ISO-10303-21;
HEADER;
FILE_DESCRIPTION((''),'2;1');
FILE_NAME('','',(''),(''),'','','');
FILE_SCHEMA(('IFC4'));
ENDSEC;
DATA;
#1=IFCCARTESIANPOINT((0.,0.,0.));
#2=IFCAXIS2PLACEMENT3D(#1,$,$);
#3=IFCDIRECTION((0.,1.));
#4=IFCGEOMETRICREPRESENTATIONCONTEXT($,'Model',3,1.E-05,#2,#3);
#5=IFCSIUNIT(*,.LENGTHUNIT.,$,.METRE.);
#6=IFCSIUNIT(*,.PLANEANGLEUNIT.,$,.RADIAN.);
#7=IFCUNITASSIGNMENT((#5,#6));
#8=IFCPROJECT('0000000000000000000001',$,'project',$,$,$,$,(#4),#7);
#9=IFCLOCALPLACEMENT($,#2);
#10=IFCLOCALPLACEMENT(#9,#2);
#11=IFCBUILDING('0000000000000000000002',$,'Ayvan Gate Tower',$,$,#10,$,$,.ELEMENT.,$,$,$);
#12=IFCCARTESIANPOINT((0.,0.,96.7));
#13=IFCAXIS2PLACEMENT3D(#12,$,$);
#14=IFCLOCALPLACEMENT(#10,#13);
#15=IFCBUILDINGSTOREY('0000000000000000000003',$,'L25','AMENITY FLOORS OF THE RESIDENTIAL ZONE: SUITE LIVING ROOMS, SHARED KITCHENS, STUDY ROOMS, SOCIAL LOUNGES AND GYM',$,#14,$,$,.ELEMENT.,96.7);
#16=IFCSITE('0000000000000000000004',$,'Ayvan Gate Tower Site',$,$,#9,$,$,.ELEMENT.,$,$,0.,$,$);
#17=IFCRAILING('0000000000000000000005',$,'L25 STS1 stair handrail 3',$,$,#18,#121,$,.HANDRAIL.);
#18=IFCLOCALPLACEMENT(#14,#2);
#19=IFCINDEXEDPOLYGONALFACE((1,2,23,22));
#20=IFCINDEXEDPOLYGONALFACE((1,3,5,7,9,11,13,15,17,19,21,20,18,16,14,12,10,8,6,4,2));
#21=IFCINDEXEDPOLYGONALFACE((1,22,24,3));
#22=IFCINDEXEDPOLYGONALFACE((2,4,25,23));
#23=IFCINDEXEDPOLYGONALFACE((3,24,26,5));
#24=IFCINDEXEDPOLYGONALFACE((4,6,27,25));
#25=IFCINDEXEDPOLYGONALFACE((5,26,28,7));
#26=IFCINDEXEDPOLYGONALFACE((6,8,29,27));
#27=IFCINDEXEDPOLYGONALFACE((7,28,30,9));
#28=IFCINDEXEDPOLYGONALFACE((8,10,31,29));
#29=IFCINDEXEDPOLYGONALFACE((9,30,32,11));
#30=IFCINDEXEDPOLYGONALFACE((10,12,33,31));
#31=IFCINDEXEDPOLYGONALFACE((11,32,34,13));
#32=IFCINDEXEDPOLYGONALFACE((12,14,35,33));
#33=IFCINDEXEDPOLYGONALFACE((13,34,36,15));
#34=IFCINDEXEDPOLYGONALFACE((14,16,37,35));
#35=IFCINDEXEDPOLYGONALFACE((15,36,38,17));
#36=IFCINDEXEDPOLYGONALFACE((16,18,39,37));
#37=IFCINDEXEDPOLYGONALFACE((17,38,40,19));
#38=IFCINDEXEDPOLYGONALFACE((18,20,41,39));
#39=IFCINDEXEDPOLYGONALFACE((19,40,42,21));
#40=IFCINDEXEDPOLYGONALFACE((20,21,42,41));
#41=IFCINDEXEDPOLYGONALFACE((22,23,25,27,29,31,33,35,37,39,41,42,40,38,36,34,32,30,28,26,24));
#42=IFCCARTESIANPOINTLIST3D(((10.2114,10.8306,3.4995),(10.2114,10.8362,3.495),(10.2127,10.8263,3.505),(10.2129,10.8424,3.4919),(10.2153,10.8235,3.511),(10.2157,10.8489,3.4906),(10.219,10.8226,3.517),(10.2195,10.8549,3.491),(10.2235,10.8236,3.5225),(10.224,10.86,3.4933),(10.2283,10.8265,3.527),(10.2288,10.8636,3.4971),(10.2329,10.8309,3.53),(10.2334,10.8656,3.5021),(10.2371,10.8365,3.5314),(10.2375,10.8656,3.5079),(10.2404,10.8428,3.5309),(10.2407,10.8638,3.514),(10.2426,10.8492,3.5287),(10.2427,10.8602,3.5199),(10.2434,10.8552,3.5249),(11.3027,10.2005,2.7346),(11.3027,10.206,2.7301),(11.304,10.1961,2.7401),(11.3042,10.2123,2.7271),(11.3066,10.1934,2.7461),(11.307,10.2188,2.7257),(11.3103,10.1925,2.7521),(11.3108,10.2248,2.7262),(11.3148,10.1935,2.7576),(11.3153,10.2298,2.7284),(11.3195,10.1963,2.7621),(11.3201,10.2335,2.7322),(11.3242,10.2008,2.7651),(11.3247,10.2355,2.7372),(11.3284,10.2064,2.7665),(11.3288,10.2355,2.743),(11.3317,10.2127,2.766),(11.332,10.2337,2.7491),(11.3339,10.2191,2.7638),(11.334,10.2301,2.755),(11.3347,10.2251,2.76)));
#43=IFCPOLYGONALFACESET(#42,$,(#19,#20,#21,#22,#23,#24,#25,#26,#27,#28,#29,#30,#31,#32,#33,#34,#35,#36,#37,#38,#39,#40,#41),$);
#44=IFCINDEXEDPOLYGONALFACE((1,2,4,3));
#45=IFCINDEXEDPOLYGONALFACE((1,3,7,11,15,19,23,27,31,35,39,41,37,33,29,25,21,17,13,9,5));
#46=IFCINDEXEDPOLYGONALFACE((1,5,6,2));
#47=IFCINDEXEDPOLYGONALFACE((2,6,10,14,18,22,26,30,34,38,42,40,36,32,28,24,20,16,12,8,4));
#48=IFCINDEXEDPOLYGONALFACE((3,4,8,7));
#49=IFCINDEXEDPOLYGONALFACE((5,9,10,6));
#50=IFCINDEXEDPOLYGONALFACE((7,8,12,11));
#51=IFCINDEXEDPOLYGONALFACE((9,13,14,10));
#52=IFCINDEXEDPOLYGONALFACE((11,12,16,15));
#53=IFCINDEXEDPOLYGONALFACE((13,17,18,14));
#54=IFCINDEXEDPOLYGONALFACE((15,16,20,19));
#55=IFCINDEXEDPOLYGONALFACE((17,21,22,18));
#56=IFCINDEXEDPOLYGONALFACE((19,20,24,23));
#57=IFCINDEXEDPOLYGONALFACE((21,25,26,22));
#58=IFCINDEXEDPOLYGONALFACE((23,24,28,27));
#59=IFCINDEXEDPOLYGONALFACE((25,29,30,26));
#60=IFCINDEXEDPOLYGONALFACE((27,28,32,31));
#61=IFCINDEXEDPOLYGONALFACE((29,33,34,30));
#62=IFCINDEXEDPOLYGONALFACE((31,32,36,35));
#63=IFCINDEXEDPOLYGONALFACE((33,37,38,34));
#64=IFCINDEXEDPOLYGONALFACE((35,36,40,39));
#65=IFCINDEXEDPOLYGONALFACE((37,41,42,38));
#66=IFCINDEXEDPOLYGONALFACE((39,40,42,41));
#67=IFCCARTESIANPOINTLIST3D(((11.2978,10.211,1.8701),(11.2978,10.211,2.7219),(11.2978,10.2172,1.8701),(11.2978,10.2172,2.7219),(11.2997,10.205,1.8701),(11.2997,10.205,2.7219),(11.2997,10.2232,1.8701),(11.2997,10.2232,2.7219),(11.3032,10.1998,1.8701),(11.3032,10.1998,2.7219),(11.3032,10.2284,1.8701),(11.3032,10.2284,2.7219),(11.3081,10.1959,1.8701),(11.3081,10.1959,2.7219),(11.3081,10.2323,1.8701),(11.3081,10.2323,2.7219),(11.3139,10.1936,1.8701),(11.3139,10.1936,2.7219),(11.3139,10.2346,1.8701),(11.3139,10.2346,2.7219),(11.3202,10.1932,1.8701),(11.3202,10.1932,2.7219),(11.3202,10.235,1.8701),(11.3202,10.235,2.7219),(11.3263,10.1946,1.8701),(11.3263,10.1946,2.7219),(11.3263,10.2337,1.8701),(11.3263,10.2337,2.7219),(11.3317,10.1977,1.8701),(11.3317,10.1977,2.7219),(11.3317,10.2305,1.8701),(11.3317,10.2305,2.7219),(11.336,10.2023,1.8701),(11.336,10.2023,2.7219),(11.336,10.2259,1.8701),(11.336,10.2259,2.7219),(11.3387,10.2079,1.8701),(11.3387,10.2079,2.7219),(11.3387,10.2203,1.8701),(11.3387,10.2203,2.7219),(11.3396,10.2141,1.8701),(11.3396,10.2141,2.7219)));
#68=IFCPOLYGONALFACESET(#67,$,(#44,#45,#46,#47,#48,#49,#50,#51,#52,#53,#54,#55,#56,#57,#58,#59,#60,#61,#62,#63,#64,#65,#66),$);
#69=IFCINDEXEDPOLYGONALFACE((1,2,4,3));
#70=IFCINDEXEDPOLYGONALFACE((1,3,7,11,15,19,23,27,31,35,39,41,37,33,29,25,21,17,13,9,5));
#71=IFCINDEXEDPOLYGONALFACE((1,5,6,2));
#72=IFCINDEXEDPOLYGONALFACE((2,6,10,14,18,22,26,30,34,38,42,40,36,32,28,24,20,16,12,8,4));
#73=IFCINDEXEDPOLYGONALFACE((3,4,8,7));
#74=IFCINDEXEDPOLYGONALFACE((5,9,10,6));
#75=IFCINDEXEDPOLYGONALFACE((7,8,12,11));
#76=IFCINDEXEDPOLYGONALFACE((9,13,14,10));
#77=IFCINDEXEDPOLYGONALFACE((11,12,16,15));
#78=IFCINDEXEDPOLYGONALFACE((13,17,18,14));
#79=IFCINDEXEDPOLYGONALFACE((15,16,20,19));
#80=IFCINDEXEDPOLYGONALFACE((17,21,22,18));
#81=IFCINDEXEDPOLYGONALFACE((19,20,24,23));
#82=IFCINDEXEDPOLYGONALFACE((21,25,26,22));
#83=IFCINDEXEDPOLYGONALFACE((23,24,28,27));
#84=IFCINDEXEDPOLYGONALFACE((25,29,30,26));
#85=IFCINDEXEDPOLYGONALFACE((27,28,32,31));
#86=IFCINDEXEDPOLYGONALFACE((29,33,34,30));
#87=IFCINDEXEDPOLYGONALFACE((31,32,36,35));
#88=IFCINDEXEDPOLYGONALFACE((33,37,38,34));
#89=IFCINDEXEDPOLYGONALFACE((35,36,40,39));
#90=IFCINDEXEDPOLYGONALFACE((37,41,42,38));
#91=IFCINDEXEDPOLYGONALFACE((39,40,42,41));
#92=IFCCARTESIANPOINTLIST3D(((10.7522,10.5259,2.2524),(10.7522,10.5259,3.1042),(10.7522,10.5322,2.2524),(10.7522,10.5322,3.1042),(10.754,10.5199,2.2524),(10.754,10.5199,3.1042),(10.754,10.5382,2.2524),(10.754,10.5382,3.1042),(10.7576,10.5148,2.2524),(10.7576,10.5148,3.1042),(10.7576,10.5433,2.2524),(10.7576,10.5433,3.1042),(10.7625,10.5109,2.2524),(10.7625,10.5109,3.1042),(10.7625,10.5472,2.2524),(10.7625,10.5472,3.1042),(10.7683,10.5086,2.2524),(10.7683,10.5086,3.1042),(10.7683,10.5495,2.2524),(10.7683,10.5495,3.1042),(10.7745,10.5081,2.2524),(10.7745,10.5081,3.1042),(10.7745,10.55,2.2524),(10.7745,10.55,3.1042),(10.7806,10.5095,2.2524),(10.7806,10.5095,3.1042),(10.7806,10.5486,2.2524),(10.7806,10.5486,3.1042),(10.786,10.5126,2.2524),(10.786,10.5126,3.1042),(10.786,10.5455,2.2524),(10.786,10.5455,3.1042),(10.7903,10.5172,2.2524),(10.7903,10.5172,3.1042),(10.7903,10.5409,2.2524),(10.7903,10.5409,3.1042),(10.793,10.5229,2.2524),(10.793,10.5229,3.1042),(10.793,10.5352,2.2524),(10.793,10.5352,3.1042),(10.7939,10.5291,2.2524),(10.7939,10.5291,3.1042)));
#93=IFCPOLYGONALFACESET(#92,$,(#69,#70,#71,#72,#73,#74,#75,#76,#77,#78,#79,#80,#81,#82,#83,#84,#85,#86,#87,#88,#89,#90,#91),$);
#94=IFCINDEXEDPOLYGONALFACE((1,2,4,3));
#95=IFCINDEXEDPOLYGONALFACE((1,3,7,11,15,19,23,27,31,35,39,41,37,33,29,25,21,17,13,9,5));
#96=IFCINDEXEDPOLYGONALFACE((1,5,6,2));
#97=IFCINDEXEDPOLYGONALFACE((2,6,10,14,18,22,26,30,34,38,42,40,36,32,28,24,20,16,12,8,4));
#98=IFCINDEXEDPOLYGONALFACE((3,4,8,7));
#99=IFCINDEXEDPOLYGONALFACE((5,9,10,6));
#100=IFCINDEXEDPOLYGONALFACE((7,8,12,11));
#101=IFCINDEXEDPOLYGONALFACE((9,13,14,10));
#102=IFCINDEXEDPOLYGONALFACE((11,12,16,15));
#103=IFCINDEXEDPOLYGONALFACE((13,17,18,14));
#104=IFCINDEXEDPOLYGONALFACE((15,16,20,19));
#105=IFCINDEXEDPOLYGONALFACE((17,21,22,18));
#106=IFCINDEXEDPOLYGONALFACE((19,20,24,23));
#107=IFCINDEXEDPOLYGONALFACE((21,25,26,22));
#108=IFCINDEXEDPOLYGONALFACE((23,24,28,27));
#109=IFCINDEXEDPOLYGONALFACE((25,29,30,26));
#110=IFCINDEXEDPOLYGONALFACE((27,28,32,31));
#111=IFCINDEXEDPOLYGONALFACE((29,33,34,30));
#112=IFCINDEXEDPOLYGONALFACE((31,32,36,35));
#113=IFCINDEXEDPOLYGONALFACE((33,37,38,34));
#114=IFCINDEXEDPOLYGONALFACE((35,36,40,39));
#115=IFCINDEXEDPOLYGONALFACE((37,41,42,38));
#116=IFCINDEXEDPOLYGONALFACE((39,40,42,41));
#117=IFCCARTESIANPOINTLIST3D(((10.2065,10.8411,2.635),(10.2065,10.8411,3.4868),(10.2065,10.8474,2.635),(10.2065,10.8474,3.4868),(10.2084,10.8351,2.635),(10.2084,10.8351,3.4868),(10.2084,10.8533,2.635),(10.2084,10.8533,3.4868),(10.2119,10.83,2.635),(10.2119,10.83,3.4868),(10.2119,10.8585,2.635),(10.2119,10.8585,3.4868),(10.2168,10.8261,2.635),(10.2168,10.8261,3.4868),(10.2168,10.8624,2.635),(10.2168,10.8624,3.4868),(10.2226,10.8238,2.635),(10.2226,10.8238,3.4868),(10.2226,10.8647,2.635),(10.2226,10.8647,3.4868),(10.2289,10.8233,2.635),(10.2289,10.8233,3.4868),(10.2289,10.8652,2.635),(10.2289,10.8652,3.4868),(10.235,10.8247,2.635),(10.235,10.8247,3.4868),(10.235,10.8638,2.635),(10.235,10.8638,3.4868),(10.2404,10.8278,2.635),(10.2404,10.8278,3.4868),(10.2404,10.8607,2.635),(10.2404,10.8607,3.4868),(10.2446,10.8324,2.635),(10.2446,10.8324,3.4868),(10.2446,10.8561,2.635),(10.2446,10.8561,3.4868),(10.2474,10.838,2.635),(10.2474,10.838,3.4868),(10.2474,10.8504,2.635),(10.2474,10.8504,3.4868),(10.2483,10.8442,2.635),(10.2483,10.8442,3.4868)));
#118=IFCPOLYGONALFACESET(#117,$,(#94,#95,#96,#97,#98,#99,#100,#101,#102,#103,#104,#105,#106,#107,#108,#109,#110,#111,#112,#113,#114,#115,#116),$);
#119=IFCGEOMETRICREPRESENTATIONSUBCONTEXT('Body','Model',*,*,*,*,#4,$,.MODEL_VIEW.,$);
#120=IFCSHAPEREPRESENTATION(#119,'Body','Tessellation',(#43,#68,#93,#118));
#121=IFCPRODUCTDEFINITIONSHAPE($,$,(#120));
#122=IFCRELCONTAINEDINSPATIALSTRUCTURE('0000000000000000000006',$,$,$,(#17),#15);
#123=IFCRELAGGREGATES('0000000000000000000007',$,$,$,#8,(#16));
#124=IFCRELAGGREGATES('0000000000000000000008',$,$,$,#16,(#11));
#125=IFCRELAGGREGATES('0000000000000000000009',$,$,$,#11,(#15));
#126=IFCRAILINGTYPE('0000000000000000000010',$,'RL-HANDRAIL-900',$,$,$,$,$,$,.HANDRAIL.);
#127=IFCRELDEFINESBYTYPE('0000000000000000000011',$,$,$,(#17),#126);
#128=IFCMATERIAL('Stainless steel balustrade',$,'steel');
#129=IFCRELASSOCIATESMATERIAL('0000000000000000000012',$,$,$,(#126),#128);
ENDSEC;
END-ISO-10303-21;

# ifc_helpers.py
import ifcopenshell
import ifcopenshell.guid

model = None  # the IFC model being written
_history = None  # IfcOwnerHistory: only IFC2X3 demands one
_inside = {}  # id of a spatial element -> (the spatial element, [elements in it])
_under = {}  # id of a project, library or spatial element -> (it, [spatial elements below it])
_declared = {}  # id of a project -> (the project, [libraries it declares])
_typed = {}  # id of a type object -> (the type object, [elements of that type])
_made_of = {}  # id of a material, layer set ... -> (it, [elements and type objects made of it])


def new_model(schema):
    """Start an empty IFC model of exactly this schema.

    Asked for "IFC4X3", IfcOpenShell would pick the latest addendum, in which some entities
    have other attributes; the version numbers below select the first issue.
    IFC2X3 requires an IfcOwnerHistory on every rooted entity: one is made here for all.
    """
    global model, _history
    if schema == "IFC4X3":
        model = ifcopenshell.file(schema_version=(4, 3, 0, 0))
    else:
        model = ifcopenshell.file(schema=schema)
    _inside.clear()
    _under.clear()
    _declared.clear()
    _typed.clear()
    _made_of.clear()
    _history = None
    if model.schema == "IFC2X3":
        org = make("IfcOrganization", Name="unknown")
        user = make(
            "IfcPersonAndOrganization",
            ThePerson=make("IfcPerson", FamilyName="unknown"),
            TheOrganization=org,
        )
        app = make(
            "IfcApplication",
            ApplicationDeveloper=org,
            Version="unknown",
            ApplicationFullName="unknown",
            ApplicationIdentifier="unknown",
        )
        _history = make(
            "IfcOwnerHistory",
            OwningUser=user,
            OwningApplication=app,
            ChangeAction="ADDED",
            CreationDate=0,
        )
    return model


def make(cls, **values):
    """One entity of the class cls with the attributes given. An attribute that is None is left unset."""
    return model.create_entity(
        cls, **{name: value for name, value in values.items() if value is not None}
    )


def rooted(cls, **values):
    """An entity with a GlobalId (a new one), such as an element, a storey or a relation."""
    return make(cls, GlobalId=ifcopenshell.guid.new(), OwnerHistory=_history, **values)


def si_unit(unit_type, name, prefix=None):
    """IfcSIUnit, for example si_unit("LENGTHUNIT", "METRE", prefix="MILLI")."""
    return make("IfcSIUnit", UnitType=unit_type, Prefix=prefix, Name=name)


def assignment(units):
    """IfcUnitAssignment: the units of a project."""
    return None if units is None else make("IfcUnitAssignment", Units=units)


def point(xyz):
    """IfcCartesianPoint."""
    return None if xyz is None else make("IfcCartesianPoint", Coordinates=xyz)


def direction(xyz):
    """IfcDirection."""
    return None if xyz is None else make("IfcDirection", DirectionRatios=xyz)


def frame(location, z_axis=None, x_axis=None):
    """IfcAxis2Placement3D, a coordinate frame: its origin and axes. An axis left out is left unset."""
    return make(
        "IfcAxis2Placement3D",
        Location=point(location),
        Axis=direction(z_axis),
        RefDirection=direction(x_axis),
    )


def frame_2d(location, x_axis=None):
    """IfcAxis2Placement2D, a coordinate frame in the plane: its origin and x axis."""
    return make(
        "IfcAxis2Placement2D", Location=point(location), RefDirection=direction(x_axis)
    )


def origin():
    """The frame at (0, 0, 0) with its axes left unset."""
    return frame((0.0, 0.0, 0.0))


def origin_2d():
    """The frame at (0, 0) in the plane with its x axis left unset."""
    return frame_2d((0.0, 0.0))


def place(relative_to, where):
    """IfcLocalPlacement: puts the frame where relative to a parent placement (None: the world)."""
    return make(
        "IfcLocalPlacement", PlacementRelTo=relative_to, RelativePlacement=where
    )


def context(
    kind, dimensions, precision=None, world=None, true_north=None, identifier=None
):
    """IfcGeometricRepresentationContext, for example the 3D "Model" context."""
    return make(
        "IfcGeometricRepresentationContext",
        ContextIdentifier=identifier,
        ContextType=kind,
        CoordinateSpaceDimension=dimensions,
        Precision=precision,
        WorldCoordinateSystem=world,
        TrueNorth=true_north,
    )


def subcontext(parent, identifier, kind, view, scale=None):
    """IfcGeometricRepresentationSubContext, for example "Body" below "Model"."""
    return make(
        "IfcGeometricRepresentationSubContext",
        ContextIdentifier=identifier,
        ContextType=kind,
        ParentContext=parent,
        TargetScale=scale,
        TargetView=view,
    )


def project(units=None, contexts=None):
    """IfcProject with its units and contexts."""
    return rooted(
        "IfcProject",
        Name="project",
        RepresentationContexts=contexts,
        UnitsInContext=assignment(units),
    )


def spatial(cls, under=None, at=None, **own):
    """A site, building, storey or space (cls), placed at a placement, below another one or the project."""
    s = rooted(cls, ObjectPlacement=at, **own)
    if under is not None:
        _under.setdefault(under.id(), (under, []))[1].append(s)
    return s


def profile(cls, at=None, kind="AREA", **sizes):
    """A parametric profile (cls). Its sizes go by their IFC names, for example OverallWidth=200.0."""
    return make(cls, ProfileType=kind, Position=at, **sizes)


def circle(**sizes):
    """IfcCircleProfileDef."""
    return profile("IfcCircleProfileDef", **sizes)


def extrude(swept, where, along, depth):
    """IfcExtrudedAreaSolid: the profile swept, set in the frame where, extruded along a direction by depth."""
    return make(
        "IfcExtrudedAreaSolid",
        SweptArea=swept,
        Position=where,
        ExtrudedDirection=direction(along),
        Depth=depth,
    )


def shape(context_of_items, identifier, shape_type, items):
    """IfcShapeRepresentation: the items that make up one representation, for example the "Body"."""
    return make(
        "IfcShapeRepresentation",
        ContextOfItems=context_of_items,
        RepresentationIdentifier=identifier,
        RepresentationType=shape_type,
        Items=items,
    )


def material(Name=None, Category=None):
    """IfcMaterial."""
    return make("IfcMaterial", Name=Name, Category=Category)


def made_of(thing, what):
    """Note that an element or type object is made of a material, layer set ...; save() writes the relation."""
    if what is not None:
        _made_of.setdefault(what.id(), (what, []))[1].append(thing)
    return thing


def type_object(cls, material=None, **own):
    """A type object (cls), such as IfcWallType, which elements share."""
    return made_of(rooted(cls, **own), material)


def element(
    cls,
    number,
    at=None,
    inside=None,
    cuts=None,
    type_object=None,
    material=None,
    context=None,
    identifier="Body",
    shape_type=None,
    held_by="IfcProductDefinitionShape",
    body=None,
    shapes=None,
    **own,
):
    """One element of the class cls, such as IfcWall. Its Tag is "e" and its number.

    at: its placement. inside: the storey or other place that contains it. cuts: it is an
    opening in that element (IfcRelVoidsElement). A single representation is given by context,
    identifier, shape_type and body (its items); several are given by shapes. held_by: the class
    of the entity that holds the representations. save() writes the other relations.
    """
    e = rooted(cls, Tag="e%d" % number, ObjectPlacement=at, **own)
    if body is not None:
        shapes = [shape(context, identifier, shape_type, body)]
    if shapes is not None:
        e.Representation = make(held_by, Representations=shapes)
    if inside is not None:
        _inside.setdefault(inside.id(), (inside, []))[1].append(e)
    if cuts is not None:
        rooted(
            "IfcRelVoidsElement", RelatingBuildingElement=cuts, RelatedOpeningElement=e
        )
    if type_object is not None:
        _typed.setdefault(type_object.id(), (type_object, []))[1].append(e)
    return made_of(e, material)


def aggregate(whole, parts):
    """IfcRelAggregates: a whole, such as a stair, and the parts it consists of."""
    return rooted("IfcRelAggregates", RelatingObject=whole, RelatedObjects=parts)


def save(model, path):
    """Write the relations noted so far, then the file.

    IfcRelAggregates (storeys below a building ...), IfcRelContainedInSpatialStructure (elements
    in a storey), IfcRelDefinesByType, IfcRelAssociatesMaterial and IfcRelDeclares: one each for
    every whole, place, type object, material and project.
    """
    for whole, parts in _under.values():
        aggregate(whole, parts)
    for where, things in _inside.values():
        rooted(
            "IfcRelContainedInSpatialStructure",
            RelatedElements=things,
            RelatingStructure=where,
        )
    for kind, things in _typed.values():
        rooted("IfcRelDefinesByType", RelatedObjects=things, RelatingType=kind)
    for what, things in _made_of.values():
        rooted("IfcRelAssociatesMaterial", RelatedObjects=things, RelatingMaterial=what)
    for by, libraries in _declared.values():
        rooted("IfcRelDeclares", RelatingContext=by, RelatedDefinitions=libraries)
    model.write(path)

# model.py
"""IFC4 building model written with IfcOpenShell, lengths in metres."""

from ifc_helpers import new_model, si_unit, direction, frame, origin, origin_2d, place, context, subcontext, project, spatial, circle, extrude, material, type_object, element, save


model = new_model("IFC4")

# Units and contexts
model_context = context("Model", 3, precision=1e-05, world=origin(), true_north=direction((0.0, 1.0)))
body_context = subcontext(model_context, "Body", "Model", "MODEL_VIEW")
ifc_project = project(units=[si_unit("LENGTHUNIT", "METRE"), si_unit("PLANEANGLEUNIT", "RADIAN")], contexts=[model_context])

# Site, building, storey
site_placement = place(None, origin())
site = spatial("IfcSite", under=ifc_project, at=site_placement, Name="Ayvan Gate Tower Site", CompositionType="ELEMENT", RefElevation=0.0)
building_placement = place(site_placement, origin())
building = spatial("IfcBuilding", under=site, at=building_placement, Name="Ayvan Gate Tower", CompositionType="ELEMENT")
storey_placement = place(building_placement, frame((0.0, 0.0, 96.7)))
storey = spatial("IfcBuildingStorey", under=building, at=storey_placement, Name="L25", Description="AMENITY FLOORS OF THE RESIDENTIAL ZONE: SUITE LIVING ROOMS, SHARED KITCHENS, STUDY ROOMS, SOCIAL LOUNGES AND GYM", CompositionType="ELEMENT", Elevation=96.7)

# Railing
ifc_material_1 = material(Name="Stainless steel balustrade", Category="steel")
railing_type_1 = type_object("IfcRailingType", Name="RL-HANDRAIL-900", PredefinedType="HANDRAIL", material=ifc_material_1)
railing_1_placement = place(storey_placement, frame((11.3186, 10.2141, 1.8701)))
element("IfcRailing", 1, at=railing_1_placement, inside=storey, type_object=railing_type_1, Name="L25 STS1 stair handrail 3", PredefinedType="HANDRAIL", context=body_context, shape_type="SweptSolid", body=[
    extrude(circle(Radius=0.0239, at=origin_2d()), frame((0.0, 0.0, 0.876), z_axis=(-0.740304, 0.427455, 0.518875), x_axis=(-0.500035, -0.866005, 0.0)), (0.0, 0.0, 1.0), 1.4741),
    extrude(circle(Radius=0.021, at=origin_2d()), origin(), (0.0, 0.0, 1.0), 0.8518),
    extrude(circle(Radius=0.021, at=origin_2d()), frame((-0.5457, 0.3149, 0.3823)), (0.0, 0.0, 1.0), 0.8518),
    extrude(circle(Radius=0.021, at=origin_2d()), frame((-1.0913, 0.6301, 0.7649)), (0.0, 0.0, 1.0), 0.8518),
])

save(model, "model.ifc")
